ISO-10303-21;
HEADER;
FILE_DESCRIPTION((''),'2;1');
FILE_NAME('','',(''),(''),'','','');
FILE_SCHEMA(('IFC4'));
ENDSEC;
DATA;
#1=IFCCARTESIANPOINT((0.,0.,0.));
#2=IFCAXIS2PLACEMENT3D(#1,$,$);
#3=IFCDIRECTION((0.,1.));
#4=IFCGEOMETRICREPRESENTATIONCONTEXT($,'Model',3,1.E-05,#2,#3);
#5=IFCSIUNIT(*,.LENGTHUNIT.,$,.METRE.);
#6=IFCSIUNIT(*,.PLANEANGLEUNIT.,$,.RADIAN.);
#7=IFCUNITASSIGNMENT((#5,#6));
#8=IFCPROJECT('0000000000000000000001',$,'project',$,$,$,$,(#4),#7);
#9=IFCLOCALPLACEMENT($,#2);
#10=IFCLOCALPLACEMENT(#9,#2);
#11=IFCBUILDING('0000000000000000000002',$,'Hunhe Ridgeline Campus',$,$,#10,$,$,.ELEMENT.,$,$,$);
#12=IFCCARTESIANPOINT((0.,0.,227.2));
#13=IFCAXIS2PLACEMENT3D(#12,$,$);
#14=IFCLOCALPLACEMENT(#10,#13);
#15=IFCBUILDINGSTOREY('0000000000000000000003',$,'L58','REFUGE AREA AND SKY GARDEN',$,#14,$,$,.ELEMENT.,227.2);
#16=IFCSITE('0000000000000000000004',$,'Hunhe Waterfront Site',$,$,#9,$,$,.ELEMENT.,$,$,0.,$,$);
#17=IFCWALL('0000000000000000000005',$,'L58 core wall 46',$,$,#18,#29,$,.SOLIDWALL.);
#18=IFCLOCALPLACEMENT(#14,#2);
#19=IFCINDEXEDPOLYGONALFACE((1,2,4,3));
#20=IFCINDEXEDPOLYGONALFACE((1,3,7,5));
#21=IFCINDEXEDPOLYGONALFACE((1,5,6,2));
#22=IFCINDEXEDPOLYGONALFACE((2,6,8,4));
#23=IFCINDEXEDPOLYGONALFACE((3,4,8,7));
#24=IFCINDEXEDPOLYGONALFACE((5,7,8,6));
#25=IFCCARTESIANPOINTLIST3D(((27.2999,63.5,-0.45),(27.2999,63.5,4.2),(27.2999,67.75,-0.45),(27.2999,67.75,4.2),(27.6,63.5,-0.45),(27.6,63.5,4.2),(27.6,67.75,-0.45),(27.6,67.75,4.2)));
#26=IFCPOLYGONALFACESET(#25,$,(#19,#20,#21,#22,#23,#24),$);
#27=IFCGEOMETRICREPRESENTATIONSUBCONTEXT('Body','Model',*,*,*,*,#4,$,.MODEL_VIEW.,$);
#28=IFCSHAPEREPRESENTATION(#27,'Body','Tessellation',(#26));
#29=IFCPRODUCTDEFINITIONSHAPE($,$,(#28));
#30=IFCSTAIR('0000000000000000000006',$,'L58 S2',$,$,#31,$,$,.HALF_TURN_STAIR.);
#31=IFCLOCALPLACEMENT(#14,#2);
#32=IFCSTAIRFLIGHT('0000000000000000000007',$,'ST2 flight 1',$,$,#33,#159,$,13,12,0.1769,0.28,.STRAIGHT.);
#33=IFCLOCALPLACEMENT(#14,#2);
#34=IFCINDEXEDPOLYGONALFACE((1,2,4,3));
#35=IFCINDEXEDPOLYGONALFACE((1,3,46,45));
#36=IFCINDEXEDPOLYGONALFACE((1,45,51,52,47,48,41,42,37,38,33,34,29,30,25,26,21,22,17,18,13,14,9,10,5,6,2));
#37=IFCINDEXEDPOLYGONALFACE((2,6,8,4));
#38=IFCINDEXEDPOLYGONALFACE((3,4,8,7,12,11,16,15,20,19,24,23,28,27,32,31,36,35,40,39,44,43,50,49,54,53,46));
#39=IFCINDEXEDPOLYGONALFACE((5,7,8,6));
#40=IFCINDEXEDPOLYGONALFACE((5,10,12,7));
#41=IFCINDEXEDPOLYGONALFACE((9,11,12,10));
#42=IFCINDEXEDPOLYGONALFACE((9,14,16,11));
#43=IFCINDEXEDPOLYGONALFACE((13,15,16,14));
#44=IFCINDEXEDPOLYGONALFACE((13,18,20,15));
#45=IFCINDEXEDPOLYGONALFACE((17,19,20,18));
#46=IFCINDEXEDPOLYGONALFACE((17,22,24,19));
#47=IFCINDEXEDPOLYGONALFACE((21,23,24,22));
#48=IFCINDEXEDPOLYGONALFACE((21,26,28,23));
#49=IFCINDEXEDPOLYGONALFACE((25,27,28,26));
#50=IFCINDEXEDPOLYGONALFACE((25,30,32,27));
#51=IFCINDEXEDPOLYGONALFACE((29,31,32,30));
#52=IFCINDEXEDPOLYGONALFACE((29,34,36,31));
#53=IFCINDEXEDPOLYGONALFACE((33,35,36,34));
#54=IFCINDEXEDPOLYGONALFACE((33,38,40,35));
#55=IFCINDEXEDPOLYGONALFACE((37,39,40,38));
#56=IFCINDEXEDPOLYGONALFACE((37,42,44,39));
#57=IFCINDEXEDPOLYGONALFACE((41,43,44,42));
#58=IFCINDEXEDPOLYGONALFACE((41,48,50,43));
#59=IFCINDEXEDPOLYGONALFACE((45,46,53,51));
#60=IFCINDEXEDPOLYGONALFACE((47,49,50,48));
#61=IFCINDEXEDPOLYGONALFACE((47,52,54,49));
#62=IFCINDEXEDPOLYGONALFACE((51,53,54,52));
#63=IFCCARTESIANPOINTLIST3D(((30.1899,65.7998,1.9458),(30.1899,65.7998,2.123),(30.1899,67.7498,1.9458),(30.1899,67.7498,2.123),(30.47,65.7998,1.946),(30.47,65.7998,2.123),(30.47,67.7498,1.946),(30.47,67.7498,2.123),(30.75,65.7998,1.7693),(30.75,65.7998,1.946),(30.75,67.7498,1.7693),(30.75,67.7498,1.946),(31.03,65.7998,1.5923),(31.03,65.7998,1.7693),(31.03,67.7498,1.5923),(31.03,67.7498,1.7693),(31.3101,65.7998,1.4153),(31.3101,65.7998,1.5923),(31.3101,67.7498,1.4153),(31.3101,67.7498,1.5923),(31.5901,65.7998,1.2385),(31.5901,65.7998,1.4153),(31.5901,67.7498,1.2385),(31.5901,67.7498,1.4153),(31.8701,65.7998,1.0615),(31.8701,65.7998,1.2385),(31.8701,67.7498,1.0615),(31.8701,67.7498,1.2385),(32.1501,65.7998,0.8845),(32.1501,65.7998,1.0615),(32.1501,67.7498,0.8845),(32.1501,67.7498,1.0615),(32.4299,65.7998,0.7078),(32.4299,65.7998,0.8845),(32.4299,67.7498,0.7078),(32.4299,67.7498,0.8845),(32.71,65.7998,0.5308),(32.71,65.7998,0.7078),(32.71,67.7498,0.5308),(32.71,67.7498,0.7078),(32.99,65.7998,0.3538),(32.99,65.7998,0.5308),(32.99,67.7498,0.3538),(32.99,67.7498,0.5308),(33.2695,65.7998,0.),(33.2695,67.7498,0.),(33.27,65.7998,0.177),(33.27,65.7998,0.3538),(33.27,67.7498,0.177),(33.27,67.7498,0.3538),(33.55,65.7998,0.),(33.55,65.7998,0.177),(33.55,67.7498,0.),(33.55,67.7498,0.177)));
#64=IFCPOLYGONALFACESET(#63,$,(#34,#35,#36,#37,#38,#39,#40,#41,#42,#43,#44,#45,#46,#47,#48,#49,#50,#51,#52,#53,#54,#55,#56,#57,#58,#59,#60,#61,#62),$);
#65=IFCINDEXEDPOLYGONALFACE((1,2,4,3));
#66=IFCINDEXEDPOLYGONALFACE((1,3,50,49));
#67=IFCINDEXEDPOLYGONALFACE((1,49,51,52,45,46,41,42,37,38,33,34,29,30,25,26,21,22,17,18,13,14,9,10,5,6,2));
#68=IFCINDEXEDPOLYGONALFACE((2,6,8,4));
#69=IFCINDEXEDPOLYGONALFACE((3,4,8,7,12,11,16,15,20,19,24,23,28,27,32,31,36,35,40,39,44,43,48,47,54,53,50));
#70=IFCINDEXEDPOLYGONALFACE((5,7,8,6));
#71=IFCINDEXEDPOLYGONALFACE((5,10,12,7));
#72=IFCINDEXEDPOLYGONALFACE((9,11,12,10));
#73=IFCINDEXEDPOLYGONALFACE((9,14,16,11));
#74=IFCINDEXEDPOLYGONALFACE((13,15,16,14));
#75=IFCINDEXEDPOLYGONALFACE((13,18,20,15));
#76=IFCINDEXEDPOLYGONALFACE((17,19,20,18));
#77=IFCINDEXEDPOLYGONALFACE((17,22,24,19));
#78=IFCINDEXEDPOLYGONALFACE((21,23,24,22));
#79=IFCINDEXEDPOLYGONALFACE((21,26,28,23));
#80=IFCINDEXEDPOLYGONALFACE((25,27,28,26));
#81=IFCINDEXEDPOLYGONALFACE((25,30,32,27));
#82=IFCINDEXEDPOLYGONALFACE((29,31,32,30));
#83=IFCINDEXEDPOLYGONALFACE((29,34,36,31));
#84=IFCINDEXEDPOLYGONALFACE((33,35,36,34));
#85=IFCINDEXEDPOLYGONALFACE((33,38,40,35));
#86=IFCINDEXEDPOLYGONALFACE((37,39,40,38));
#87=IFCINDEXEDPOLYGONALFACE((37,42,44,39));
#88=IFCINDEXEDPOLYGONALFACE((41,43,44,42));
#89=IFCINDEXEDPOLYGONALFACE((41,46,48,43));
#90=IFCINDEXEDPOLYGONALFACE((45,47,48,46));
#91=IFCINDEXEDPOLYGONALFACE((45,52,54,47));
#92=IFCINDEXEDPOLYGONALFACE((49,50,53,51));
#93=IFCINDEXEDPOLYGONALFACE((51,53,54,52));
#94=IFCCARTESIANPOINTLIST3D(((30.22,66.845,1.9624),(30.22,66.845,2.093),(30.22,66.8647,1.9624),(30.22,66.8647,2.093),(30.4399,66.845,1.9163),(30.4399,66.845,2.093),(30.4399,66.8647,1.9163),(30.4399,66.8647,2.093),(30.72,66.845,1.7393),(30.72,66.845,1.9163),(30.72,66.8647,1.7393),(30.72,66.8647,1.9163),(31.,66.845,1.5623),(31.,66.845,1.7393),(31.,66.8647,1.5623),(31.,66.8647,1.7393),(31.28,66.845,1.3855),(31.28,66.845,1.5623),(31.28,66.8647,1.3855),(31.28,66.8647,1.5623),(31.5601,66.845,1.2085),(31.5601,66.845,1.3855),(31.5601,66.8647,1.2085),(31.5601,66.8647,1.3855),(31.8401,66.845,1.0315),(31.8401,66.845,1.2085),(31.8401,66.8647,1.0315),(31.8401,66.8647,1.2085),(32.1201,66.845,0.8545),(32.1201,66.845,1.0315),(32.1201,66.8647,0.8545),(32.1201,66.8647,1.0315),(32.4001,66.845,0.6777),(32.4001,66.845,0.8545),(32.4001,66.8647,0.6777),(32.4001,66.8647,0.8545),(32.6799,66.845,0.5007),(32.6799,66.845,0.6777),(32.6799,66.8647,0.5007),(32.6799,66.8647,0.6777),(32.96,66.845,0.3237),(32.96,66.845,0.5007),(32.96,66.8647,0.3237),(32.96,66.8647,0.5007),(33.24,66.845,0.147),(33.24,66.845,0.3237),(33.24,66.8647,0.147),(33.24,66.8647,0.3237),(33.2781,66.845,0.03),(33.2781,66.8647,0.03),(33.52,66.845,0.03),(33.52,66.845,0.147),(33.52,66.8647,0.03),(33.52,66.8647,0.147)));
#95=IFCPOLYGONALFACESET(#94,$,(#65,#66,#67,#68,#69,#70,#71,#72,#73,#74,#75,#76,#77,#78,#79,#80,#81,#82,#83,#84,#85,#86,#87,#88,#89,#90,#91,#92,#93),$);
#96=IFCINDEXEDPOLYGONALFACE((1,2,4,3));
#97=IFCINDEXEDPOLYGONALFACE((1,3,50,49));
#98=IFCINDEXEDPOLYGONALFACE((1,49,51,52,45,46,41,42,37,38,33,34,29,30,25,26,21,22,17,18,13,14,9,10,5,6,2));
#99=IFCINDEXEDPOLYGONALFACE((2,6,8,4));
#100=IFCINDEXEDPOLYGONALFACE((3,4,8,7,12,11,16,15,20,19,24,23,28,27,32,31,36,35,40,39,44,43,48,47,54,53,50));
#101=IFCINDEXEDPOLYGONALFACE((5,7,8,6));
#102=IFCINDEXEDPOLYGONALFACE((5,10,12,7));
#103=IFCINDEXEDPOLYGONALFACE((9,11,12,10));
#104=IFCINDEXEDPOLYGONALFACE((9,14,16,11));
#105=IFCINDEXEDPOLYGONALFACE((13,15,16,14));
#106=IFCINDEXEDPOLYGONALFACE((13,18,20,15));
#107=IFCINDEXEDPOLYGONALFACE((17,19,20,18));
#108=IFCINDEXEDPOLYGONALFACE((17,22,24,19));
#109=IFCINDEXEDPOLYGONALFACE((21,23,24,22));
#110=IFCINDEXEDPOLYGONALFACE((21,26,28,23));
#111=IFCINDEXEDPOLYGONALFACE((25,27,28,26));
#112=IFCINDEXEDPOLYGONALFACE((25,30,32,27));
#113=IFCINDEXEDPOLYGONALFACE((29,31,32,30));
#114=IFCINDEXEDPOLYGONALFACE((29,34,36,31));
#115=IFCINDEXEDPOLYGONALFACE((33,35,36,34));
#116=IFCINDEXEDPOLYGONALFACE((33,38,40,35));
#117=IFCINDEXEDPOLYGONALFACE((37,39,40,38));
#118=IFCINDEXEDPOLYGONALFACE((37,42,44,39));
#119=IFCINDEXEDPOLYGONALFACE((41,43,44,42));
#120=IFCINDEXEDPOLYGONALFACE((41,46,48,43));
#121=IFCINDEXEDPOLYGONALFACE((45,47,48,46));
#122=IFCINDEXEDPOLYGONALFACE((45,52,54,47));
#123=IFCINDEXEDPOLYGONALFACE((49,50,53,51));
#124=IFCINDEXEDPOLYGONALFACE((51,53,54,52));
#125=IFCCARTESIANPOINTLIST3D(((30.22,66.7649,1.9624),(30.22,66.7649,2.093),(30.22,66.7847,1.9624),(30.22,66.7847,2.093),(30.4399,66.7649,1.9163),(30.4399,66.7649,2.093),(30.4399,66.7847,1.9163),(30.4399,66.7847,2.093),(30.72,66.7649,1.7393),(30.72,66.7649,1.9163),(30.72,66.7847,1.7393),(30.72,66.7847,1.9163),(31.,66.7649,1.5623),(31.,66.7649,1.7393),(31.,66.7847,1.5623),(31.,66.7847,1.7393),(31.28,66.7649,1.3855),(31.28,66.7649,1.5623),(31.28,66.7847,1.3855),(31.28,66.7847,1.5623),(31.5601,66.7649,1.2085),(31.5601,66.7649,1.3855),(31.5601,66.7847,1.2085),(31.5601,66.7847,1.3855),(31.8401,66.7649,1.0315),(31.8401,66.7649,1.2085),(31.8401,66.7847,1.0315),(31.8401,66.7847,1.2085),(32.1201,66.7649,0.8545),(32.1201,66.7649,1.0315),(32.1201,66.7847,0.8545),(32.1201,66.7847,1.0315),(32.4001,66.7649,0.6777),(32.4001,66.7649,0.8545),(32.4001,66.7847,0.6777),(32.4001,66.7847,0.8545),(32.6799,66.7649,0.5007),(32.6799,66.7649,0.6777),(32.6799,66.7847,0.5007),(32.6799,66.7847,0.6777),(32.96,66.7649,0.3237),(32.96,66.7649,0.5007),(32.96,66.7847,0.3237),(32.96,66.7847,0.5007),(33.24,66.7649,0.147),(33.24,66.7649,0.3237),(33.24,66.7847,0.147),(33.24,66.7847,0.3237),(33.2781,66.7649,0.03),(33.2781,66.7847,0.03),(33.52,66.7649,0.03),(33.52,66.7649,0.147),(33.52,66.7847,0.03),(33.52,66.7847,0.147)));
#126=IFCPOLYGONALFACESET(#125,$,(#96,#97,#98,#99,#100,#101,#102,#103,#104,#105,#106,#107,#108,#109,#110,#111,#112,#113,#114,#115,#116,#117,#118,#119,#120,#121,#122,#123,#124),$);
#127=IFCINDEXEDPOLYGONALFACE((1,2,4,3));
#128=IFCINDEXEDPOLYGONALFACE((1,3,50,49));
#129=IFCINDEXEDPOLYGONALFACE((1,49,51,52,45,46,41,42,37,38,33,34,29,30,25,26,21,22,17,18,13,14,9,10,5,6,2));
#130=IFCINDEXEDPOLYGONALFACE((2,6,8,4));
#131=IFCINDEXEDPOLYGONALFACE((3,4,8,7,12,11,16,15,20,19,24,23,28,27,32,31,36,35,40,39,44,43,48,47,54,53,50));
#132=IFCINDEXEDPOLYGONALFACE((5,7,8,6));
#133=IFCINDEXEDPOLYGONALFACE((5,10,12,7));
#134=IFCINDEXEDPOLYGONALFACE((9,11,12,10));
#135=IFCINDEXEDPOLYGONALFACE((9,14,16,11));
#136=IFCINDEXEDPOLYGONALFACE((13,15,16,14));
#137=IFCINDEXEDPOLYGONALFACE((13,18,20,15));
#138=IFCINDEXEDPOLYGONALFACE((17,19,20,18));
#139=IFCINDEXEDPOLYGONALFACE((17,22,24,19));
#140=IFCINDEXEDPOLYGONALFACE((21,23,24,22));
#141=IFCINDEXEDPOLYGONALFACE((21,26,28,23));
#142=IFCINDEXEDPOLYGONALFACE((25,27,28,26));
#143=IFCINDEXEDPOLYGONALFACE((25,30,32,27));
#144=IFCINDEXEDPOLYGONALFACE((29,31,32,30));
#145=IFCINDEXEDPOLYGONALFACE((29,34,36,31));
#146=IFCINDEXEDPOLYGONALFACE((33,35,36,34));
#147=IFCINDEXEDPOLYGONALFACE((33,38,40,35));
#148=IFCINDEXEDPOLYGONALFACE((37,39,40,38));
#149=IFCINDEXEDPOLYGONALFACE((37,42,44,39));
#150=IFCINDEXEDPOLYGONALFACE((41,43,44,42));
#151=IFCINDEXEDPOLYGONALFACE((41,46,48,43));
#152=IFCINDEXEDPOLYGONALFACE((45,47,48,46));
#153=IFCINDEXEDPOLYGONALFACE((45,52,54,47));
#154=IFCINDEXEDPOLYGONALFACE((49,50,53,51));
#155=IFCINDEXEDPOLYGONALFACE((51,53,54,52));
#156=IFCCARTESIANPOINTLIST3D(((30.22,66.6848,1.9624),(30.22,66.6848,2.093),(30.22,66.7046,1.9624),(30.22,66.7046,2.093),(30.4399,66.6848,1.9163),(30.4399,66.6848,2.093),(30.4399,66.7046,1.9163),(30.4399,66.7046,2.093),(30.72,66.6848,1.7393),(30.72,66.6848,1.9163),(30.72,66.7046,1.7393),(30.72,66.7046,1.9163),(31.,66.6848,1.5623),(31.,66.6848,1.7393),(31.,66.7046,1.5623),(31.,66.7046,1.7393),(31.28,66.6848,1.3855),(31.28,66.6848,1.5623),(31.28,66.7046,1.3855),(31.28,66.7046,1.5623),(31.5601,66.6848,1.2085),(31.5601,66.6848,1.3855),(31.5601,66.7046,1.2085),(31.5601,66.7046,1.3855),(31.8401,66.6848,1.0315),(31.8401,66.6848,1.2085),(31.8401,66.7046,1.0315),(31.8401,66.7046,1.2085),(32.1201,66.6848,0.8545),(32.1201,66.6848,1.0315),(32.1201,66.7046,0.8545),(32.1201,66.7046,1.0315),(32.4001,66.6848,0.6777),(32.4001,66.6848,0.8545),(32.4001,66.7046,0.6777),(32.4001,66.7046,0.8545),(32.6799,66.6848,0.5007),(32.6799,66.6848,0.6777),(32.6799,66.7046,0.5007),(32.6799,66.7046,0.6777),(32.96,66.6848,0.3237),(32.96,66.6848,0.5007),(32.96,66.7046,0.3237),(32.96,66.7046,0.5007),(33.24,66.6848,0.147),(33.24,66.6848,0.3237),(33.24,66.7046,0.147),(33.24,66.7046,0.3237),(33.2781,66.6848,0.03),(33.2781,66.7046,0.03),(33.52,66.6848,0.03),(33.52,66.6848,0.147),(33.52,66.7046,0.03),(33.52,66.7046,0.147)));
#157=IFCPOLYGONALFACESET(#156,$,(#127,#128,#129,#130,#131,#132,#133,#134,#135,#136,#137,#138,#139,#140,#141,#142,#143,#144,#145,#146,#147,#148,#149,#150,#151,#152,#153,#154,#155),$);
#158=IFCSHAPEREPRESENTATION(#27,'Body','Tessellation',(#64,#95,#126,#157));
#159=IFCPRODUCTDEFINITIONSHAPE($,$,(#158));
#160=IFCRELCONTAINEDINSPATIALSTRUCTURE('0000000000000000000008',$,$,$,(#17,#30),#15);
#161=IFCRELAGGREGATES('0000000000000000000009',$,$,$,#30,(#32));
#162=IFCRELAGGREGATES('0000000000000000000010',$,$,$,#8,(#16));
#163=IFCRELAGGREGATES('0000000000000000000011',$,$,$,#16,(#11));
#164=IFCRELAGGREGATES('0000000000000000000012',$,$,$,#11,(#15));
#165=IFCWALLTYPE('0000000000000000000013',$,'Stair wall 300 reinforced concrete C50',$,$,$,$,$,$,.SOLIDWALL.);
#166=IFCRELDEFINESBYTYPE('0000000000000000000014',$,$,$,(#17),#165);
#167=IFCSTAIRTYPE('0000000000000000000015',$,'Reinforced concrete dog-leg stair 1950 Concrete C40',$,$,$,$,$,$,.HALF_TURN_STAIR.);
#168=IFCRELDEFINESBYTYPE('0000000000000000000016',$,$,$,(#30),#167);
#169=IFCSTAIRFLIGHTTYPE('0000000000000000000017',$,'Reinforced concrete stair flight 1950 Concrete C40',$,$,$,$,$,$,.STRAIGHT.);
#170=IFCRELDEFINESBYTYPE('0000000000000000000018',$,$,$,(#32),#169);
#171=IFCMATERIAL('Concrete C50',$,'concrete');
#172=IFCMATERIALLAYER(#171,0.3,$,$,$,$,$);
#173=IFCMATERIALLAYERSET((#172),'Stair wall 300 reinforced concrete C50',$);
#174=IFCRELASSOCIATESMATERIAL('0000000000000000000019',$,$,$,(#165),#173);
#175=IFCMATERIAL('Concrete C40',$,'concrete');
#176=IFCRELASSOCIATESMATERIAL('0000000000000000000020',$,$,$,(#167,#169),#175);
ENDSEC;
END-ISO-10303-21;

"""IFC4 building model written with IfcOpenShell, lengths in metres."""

from ifc_helpers import new_model, si_unit, direction, frame, frame_2d, origin, place, context, subcontext, project, spatial, polyline, rectangle, outline, extrude, material, layer, layer_set, type_object, element, aggregate, save


model = new_model("IFC4")

# Units and contexts
model_context = context("Model", 3, precision=1e-05, world=origin(), true_north=direction((0.0, 1.0)))
body_context = subcontext(model_context, "Body", "Model", "MODEL_VIEW")
ifc_project = project(units=[si_unit("LENGTHUNIT", "METRE"), si_unit("PLANEANGLEUNIT", "RADIAN")], contexts=[model_context])

# Site, building, storey
site_placement = place(None, origin())
site = spatial("IfcSite", under=ifc_project, at=site_placement, Name="Hunhe Waterfront Site", CompositionType="ELEMENT", RefElevation=0.0)
building_placement = place(site_placement, origin())
building = spatial("IfcBuilding", under=site, at=building_placement, Name="Hunhe Ridgeline Campus", CompositionType="ELEMENT")
storey_placement = place(building_placement, frame((0.0, 0.0, 227.2)))
storey = spatial("IfcBuildingStorey", under=building, at=storey_placement, Name="L58", Description="REFUGE AREA AND SKY GARDEN", CompositionType="ELEMENT", Elevation=227.2)

# Shared definitions
ifc_material_1 = material(Name="Concrete C50", Category="concrete")

# Wall
ifc_layer_1 = layer(ifc_material_1, 0.3)
ifc_layer_set_1 = layer_set([ifc_layer_1], Name="Stair wall 300 reinforced concrete C50")
wall_type_1 = type_object("IfcWallType", Name="Stair wall 300 reinforced concrete C50", PredefinedType="SOLIDWALL", material=ifc_layer_set_1)
wall_1_placement = place(storey_placement, frame((27.45, 63.5, -0.45), z_axis=(0.0, 0.0, 1.0), x_axis=(0.0, 1.0, 0.0)))
element("IfcWall", 1, at=wall_1_placement, inside=storey, type_object=wall_type_1, Name="L58 core wall 46", PredefinedType="SOLIDWALL", context=body_context, shape_type="SweptSolid", body=[
    extrude(rectangle(XDim=4.25, YDim=0.3, at=frame_2d((2.125, 0.0))), origin(), (0.0, 0.0, 1.0), 4.6499),
])

# Stair, stair flight
ifc_material_2 = material(Name="Concrete C40", Category="concrete")
stair_type = type_object("IfcStairType", Name="Reinforced concrete dog-leg stair 1950 Concrete C40", PredefinedType="HALF_TURN_STAIR", material=ifc_material_2)
stair_placement = place(storey_placement, origin())
stair = element("IfcStair", 2, at=stair_placement, inside=storey, type_object=stair_type, Name="L58 S2", PredefinedType="HALF_TURN_STAIR")
stair_flight_type = type_object("IfcStairFlightType", Name="Reinforced concrete stair flight 1950 Concrete C40", PredefinedType="STRAIGHT", material=ifc_material_2)
stair_flight_1_placement = place(storey_placement, frame((33.55, 66.7749, 0.0), z_axis=(0.0, 0.0, 1.0), x_axis=(-1.0, 0.0, 0.0)))
stair_flight_1 = element("IfcStairFlight", 3, at=stair_flight_1_placement, type_object=stair_flight_type, Name="ST2 flight 1", NumberOfRisers=13, NumberOfTreads=12, PredefinedType="STRAIGHT", RiserHeight=0.1769, TreadLength=0.28, context=body_context, shape_type="SweptSolid", body=[
    extrude(outline(polyline([(0.0, 0.0), (0.0, 0.177), (0.28, 0.177), (0.28, 0.3538), (0.5601, 0.3538), (0.5601, 0.5308), (0.8401, 0.5308), (0.8401, 0.7078), (1.1201, 0.7078), (1.1201, 0.8845), (1.3999, 0.8845), (1.3999, 1.0615), (1.6799, 1.0615), (1.6799, 1.2385), (1.96, 1.2385), (1.96, 1.4153), (2.24, 1.4153), (2.24, 1.5923), (2.52, 1.5923), (2.52, 1.7693), (2.8, 1.7693), (2.8, 1.946), (3.0801, 1.946), (3.0801, 2.123), (3.3601, 2.123), (3.3601, 2.3), (3.3601, 1.9458), (0.2805, 0.0), (0.0, 0.0)])), frame((0.0, 0.9751, 0.0), z_axis=(0.0, -1.0, 0.0), x_axis=(1.0, 0.0, 0.0)), (0.0, 0.0, 1.0), 1.95),
    extrude(outline(polyline([(0.03, 0.03), (0.03, 0.147), (0.3101, 0.147), (0.3101, 0.3237), (0.5901, 0.3237), (0.5901, 0.5007), (0.8701, 0.5007), (0.8701, 0.6777), (1.1499, 0.6777), (1.1499, 0.8545), (1.4299, 0.8545), (1.4299, 1.0315), (1.71, 1.0315), (1.71, 1.2085), (1.99, 1.2085), (1.99, 1.3855), (2.27, 1.3855), (2.27, 1.5623), (2.55, 1.5623), (2.55, 1.7393), (2.8301, 1.7393), (2.8301, 1.9163), (3.1101, 1.9163), (3.1101, 2.093), (3.3301, 2.093), (3.3301, 1.9624), (0.272, 0.03), (0.03, 0.03)])), frame((0.0, -0.0701, 0.0), z_axis=(0.0, -1.0, 0.0), x_axis=(1.0, 0.0, 0.0)), (0.0, 0.0, 1.0), 0.0198),
    extrude(outline(polyline([(0.03, 0.03), (0.03, 0.147), (0.3101, 0.147), (0.3101, 0.3237), (0.5901, 0.3237), (0.5901, 0.5007), (0.8701, 0.5007), (0.8701, 0.6777), (1.1499, 0.6777), (1.1499, 0.8545), (1.4299, 0.8545), (1.4299, 1.0315), (1.71, 1.0315), (1.71, 1.2085), (1.99, 1.2085), (1.99, 1.3855), (2.27, 1.3855), (2.27, 1.5623), (2.55, 1.5623), (2.55, 1.7393), (2.8301, 1.7393), (2.8301, 1.9163), (3.1101, 1.9163), (3.1101, 2.093), (3.3301, 2.093), (3.3301, 1.9624), (0.272, 0.03), (0.03, 0.03)])), frame((0.0, 0.01, 0.0), z_axis=(0.0, -1.0, 0.0), x_axis=(1.0, 0.0, 0.0)), (0.0, 0.0, 1.0), 0.0198),
    extrude(outline(polyline([(0.03, 0.03), (0.03, 0.147), (0.3101, 0.147), (0.3101, 0.3237), (0.5901, 0.3237), (0.5901, 0.5007), (0.8701, 0.5007), (0.8701, 0.6777), (1.1499, 0.6777), (1.1499, 0.8545), (1.4299, 0.8545), (1.4299, 1.0315), (1.71, 1.0315), (1.71, 1.2085), (1.99, 1.2085), (1.99, 1.3855), (2.27, 1.3855), (2.27, 1.5623), (2.55, 1.5623), (2.55, 1.7393), (2.8301, 1.7393), (2.8301, 1.9163), (3.1101, 1.9163), (3.1101, 2.093), (3.3301, 2.093), (3.3301, 1.9624), (0.272, 0.03), (0.03, 0.03)])), frame((0.0, 0.0901, 0.0), z_axis=(0.0, -1.0, 0.0), x_axis=(1.0, 0.0, 0.0)), (0.0, 0.0, 1.0), 0.0198),
])
aggregate(stair, [stair_flight_1])

save(model, "model.ifc")
